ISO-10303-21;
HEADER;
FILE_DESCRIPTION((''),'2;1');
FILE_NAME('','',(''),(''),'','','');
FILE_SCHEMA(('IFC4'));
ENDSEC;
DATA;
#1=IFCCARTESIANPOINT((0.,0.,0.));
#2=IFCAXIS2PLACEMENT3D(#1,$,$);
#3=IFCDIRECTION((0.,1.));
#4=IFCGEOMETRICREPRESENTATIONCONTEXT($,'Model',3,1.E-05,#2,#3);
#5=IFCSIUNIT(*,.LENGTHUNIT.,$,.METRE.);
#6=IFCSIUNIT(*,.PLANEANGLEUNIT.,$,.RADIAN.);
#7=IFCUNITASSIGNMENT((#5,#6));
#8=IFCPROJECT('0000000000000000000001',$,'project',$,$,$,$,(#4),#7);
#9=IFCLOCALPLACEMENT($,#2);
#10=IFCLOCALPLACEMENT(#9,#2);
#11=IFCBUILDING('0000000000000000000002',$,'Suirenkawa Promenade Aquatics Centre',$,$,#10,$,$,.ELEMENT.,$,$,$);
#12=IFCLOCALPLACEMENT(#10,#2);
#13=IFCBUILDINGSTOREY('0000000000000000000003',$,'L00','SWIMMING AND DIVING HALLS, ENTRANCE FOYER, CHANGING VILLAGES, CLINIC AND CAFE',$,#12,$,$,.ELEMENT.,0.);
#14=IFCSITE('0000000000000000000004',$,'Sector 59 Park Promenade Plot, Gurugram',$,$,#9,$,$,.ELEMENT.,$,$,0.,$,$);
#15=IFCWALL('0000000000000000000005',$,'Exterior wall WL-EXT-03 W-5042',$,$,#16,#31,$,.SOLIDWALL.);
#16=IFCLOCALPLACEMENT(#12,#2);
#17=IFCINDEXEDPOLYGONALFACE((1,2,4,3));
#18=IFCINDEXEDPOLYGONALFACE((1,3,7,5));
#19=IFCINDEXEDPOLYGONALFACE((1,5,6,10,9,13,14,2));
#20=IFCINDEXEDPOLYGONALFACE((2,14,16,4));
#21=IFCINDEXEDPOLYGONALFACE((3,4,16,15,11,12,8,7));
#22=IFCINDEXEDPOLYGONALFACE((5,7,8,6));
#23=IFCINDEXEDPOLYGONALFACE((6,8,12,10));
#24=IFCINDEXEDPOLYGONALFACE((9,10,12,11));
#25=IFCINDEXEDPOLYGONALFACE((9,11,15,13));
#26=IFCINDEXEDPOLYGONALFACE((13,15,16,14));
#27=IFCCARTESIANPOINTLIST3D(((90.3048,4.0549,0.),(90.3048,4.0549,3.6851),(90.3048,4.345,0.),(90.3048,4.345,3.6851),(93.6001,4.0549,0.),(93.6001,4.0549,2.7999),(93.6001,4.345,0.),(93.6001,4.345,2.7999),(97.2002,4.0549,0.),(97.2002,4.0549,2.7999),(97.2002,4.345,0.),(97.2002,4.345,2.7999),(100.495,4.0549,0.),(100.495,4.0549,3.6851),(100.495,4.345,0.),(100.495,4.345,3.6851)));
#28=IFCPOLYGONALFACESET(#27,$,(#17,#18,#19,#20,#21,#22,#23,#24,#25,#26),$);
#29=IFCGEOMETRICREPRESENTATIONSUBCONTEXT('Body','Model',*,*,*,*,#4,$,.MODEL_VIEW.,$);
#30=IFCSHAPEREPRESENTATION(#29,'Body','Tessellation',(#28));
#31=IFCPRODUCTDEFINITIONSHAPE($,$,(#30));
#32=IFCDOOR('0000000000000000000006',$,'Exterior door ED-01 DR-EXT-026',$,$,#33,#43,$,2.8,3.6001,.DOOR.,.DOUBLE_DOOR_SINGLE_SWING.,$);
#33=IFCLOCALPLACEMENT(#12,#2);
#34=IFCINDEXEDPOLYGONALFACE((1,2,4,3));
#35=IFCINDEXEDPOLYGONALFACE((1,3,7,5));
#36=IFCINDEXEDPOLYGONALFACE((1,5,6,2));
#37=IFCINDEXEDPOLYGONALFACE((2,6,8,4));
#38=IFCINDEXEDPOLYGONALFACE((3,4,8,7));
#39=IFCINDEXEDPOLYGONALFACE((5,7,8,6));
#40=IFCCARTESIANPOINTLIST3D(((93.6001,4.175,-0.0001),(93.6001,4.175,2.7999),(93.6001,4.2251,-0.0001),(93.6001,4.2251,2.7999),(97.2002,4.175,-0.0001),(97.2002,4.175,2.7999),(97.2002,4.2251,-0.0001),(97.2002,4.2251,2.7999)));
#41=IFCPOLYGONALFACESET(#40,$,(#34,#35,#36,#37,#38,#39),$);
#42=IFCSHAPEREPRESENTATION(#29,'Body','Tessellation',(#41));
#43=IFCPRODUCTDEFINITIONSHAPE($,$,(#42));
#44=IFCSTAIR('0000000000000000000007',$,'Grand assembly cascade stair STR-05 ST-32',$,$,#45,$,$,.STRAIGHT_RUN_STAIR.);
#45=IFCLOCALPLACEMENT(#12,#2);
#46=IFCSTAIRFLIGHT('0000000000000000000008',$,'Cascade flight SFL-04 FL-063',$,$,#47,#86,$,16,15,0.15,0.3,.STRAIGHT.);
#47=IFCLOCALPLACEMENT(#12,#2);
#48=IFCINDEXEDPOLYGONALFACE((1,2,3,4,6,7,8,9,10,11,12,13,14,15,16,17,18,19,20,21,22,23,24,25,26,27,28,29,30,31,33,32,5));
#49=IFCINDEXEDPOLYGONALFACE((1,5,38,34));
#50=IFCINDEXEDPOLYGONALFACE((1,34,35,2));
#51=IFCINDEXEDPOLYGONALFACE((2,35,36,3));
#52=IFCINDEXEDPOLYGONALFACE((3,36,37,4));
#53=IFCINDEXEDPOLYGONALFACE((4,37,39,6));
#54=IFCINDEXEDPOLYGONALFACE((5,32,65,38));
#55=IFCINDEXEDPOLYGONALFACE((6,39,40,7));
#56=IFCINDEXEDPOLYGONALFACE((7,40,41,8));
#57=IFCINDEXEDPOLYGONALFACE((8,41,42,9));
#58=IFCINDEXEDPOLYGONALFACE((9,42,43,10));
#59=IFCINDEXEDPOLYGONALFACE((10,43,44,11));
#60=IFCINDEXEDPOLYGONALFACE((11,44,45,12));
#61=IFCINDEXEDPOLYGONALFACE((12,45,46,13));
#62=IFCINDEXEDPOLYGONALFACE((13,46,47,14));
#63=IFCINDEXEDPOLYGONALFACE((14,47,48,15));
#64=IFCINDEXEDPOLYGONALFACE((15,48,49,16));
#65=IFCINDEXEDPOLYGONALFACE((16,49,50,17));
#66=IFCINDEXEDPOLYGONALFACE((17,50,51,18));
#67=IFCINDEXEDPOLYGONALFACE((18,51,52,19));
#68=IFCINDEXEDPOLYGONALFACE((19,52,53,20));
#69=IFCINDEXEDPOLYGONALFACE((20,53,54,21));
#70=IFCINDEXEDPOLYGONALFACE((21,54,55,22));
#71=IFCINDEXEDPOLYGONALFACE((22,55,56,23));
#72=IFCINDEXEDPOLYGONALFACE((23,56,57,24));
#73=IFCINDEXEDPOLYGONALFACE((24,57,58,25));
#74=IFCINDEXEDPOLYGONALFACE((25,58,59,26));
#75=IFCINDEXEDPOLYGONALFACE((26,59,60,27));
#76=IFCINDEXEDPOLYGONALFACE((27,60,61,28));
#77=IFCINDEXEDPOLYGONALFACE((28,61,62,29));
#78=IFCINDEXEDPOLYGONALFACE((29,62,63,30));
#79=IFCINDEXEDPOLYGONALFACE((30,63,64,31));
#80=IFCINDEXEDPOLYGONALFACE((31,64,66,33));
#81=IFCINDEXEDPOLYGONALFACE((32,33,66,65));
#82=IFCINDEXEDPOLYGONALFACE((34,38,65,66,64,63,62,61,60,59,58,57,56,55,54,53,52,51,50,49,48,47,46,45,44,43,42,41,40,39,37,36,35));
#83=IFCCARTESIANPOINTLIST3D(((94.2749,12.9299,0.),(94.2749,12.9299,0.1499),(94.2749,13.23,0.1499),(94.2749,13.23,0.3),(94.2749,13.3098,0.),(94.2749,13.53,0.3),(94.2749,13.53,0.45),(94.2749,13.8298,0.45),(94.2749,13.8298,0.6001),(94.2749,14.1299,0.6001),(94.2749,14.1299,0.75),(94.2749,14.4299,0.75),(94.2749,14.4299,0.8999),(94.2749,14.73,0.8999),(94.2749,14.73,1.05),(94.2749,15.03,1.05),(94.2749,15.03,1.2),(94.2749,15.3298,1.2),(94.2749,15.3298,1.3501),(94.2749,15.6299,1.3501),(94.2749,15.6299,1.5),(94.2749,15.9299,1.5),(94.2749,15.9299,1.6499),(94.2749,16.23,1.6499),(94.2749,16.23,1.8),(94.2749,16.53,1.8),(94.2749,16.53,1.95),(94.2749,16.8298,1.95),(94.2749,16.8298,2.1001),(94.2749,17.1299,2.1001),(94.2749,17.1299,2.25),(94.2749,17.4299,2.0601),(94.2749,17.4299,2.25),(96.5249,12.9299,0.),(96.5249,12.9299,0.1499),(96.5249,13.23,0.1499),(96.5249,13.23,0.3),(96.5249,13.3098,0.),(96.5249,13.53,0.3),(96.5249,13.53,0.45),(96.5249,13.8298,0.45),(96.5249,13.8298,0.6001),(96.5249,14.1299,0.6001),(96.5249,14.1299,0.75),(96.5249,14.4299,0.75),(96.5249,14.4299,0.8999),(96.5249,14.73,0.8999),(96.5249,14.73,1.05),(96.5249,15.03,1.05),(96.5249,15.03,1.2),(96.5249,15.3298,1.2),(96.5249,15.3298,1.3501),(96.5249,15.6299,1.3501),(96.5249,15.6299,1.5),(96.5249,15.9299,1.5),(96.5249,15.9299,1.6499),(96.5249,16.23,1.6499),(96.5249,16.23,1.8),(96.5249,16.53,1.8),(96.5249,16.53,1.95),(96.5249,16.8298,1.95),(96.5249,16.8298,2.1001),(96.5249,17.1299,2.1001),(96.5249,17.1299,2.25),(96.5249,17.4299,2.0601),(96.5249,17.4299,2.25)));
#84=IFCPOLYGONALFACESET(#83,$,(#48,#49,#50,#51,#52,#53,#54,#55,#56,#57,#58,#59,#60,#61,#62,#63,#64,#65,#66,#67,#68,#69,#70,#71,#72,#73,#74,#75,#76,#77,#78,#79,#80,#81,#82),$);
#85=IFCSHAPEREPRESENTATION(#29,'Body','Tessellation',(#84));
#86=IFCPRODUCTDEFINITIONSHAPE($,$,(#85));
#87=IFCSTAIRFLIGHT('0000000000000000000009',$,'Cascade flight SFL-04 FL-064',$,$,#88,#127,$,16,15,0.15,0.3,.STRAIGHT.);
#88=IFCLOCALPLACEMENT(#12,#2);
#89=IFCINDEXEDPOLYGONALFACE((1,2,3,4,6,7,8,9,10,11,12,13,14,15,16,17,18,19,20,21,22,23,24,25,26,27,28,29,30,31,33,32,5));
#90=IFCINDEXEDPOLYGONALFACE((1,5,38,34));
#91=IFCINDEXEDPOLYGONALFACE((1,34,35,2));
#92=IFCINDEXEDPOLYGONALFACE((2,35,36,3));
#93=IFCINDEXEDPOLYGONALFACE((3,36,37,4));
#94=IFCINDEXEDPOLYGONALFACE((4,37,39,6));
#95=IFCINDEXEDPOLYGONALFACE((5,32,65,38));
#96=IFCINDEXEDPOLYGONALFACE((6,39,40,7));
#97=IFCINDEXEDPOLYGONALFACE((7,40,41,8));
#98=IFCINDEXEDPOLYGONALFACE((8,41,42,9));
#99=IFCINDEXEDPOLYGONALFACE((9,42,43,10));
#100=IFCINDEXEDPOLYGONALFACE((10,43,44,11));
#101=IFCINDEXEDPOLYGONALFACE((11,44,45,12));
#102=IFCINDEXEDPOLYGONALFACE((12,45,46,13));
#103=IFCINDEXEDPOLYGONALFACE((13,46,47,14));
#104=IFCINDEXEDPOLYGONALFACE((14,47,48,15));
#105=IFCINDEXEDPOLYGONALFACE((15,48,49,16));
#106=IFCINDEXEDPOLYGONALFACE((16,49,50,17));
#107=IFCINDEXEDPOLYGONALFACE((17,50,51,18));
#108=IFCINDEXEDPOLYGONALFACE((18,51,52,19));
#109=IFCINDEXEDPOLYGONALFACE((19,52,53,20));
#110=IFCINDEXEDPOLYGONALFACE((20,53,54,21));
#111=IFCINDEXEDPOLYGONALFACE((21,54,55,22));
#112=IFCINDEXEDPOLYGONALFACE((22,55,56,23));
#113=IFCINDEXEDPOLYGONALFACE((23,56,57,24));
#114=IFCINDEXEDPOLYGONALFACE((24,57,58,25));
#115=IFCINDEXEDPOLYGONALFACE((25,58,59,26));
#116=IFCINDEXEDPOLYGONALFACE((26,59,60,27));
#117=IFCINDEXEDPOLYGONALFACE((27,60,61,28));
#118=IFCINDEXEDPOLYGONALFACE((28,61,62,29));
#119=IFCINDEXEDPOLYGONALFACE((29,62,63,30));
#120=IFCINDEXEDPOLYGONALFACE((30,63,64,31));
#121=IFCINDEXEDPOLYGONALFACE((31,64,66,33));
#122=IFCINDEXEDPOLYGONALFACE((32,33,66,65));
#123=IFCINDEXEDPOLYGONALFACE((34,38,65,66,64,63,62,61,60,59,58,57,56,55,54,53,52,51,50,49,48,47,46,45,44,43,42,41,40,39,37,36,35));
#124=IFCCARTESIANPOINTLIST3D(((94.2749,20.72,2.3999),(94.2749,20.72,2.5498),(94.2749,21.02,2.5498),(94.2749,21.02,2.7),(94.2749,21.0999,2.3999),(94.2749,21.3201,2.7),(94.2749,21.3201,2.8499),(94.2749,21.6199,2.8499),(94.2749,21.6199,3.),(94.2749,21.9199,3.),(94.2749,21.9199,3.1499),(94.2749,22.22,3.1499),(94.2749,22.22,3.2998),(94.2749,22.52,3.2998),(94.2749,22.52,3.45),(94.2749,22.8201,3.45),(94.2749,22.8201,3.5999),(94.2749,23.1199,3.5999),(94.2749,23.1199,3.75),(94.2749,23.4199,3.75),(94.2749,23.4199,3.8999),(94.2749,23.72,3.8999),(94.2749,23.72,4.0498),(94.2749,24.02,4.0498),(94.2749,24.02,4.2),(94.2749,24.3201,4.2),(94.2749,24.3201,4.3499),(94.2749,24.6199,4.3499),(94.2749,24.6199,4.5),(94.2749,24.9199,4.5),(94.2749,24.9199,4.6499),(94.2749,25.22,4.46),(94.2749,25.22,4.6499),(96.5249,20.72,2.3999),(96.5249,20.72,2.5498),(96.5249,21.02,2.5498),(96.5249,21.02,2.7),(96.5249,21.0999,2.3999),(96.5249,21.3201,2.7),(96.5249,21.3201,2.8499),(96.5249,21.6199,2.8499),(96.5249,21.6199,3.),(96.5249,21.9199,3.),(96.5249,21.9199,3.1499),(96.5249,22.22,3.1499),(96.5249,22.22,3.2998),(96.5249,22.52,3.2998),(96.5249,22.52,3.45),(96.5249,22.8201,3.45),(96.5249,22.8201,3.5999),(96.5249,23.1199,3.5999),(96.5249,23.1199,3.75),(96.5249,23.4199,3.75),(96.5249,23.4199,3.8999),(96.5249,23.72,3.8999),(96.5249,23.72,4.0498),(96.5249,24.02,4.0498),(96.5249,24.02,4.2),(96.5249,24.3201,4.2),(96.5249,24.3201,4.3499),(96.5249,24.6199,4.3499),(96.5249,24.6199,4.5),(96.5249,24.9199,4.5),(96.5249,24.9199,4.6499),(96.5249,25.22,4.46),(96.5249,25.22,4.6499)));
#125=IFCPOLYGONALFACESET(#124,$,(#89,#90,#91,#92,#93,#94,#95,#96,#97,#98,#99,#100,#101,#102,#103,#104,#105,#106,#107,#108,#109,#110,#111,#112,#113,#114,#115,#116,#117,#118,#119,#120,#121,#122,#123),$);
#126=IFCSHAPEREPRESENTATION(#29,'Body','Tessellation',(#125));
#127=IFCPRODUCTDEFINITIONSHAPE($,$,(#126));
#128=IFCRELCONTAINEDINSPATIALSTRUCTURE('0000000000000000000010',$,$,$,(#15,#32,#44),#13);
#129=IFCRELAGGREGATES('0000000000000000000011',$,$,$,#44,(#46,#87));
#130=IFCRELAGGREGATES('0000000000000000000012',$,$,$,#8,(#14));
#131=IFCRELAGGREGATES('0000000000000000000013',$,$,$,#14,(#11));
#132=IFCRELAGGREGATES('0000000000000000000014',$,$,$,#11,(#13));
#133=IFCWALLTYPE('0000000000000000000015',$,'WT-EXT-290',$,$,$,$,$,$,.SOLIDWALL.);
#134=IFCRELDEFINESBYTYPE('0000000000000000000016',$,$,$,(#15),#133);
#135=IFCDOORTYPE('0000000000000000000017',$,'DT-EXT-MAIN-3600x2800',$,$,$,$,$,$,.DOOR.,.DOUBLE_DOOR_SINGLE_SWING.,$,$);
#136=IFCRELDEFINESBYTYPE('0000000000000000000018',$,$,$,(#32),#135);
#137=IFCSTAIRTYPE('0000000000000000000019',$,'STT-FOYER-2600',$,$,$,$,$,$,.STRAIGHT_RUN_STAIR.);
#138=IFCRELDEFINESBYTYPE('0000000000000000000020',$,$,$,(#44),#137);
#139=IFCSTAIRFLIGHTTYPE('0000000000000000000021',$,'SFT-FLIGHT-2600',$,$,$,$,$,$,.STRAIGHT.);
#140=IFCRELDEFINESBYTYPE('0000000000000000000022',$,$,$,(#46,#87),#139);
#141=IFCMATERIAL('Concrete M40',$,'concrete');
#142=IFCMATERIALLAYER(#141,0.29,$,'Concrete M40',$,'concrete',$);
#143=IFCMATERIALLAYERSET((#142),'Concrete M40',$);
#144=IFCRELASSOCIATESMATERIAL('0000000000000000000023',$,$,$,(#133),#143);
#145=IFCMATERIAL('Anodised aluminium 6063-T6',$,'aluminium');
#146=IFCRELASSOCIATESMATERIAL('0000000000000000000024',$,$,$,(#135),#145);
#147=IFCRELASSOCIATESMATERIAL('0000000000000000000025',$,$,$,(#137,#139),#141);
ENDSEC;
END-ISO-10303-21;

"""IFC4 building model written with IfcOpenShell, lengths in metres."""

from ifc_helpers import new_model, si_unit, direction, frame, frame_2d, origin, place, context, subcontext, project, spatial, polyline, rectangle, outline, extrude, material, layer, layer_set, type_object, element, fill, aggregate, save


model = new_model("IFC4")

# Units and contexts
model_context = context("Model", 3, precision=1e-05, world=origin(), true_north=direction((0.0, 1.0)))
body_context = subcontext(model_context, "Body", "Model", "MODEL_VIEW")
ifc_project = project(units=[si_unit("LENGTHUNIT", "METRE"), si_unit("PLANEANGLEUNIT", "RADIAN")], contexts=[model_context])

# Site, building, storey
site_placement = place(None, origin())
site = spatial("IfcSite", under=ifc_project, at=site_placement, Name="Sector 59 Park Promenade Plot, Gurugram", CompositionType="ELEMENT", RefElevation=0.0)
building_placement = place(site_placement, origin())
building = spatial("IfcBuilding", under=site, at=building_placement, Name="Suirenkawa Promenade Aquatics Centre", CompositionType="ELEMENT")
storey_placement = place(building_placement, origin())
storey = spatial("IfcBuildingStorey", under=building, at=storey_placement, Name="L00", Description="SWIMMING AND DIVING HALLS, ENTRANCE FOYER, CHANGING VILLAGES, CLINIC AND CAFE", CompositionType="ELEMENT", Elevation=0.0)

# Shared definitions
ifc_material_1 = material(Name="Concrete M40", Category="concrete")

# Shared definitions
ifc_material_2 = material(Name="Anodised aluminium 6063-T6", Category="aluminium")

# Wall, opening, door
ifc_layer_1 = layer(ifc_material_1, 0.29, Name="Concrete M40", Category="concrete")
ifc_layer_set_1 = layer_set([ifc_layer_1], Name="Concrete M40")
wall_type = type_object("IfcWallType", Name="WT-EXT-290", PredefinedType="SOLIDWALL", material=ifc_layer_set_1)
wall_placement = place(storey_placement, frame((100.4951, 4.2, 0.0), z_axis=(0.0, 0.0, 1.0), x_axis=(-1.0, 0.0, 0.0)))
wall = element("IfcWall", 1, at=wall_placement, inside=storey, type_object=wall_type, Name="Exterior wall WL-EXT-03 W-5042", PredefinedType="SOLIDWALL", context=body_context, shape_type="SweptSolid", body=[
    extrude(rectangle(XDim=10.1902, YDim=0.29, at=frame_2d((5.0952, 0.0))), origin(), (0.0, 0.0, 1.0), 3.6851),
])
opening_placement = place(wall_placement, frame((3.2949, 0.0, 0.0)))
opening = element("IfcOpeningElement", 2, at=opening_placement, cuts=wall, PredefinedType="OPENING", context=body_context, shape_type="SweptSolid", body=[
    extrude(rectangle(XDim=3.6001, YDim=2.8, at=frame_2d((1.8, 1.3999))), frame((0.0, 0.155, 0.0), z_axis=(0.0, -1.0, 0.0), x_axis=(1.0, 0.0, 0.0)), (0.0, 0.0, 1.0), 0.3101),
])
door_type = type_object("IfcDoorType", Name="DT-EXT-MAIN-3600x2800", OperationType="DOUBLE_DOOR_SINGLE_SWING", PredefinedType="DOOR", material=ifc_material_2)
door_placement = place(opening_placement, origin())
door = element("IfcDoor", 3, at=door_placement, inside=storey, type_object=door_type, Name="Exterior door ED-01 DR-EXT-026", OperationType="DOUBLE_DOOR_SINGLE_SWING", OverallHeight=2.8, OverallWidth=3.6001, PredefinedType="DOOR", context=body_context, shape_type="SweptSolid", body=[
    extrude(rectangle(XDim=3.6001, YDim=2.8, at=frame_2d((1.8, 1.3999))), frame((0.0, 0.0249, 0.0), z_axis=(0.0, -1.0, 0.0), x_axis=(1.0, 0.0, 0.0)), (0.0, 0.0, 1.0), 0.05),
])
fill(opening, door)

# Stair, stair flights
stair_type = type_object("IfcStairType", Name="STT-FOYER-2600", PredefinedType="STRAIGHT_RUN_STAIR", material=ifc_material_1)
stair_placement = place(storey_placement, origin())
stair = element("IfcStair", 4, at=stair_placement, inside=storey, type_object=stair_type, Name="Grand assembly cascade stair STR-05 ST-32", PredefinedType="STRAIGHT_RUN_STAIR")
stair_flight_type = type_object("IfcStairFlightType", Name="SFT-FLIGHT-2600", PredefinedType="STRAIGHT", material=ifc_material_1)
stair_flight_1_placement = place(storey_placement, frame((95.3999, 12.9299, 0.0), z_axis=(0.0, 0.0, 1.0), x_axis=(0.0, 1.0, 0.0)))
stair_flight_1 = element("IfcStairFlight", 5, at=stair_flight_1_placement, type_object=stair_flight_type, Name="Cascade flight SFL-04 FL-063", NumberOfRisers=16, NumberOfTreads=15, PredefinedType="STRAIGHT", RiserHeight=0.15, TreadLength=0.3, context=body_context, shape_type="SweptSolid", body=[
    extrude(outline(polyline([(0.0, 0.0), (0.0, 0.1499), (0.3, 0.1499), (0.3, 0.3), (0.6001, 0.3), (0.6001, 0.45), (0.8999, 0.45), (0.8999, 0.6001), (1.2, 0.6001), (1.2, 0.75), (1.5, 0.75), (1.5, 0.8999), (1.8, 0.8999), (1.8, 1.05), (2.1001, 1.05), (2.1001, 1.2), (2.3999, 1.2), (2.3999, 1.3501), (2.7, 1.3501), (2.7, 1.5), (3.0, 1.5), (3.0, 1.6499), (3.3, 1.6499), (3.3, 1.8), (3.6001, 1.8), (3.6001, 1.95), (3.8999, 1.95), (3.8999, 2.1001), (4.2, 2.1001), (4.2, 2.25), (4.5, 2.25), (4.5, 2.3999), (4.5, 2.0601), (0.3799, 0.0), (0.0, 0.0)])), frame((0.0, 1.125, 0.0), z_axis=(0.0, -1.0, 0.0), x_axis=(1.0, 0.0, 0.0)), (0.0, 0.0, 1.0), 2.25),
])
stair_flight_2_placement = place(storey_placement, frame((95.3999, 20.72, 2.3999), z_axis=(0.0, 0.0, 1.0), x_axis=(0.0, 1.0, 0.0)))
stair_flight_2 = element("IfcStairFlight", 6, at=stair_flight_2_placement, type_object=stair_flight_type, Name="Cascade flight SFL-04 FL-064", NumberOfRisers=16, NumberOfTreads=15, PredefinedType="STRAIGHT", RiserHeight=0.15, TreadLength=0.3, context=body_context, shape_type="SweptSolid", body=[
    extrude(outline(polyline([(0.0, 0.0), (0.0, 0.1499), (0.3, 0.1499), (0.3, 0.3), (0.6001, 0.3), (0.6001, 0.45), (0.8999, 0.45), (0.8999, 0.6001), (1.2, 0.6001), (1.2, 0.75), (1.5, 0.75), (1.5, 0.8999), (1.8, 0.8999), (1.8, 1.05), (2.1001, 1.05), (2.1001, 1.2), (2.3999, 1.2), (2.3999, 1.3501), (2.7, 1.3501), (2.7, 1.5), (3.0, 1.5), (3.0, 1.6499), (3.3, 1.6499), (3.3, 1.8), (3.6001, 1.8), (3.6001, 1.95), (3.8999, 1.95), (3.8999, 2.1001), (4.2, 2.1001), (4.2, 2.25), (4.5, 2.25), (4.5, 2.3999), (4.5, 2.0601), (0.3799, 0.0), (0.0, 0.0)])), frame((0.0, 1.125, 0.0), z_axis=(0.0, -1.0, 0.0), x_axis=(1.0, 0.0, 0.0)), (0.0, 0.0, 1.0), 2.25),
])
aggregate(stair, [stair_flight_1, stair_flight_2])

save(model, "model.ifc")
